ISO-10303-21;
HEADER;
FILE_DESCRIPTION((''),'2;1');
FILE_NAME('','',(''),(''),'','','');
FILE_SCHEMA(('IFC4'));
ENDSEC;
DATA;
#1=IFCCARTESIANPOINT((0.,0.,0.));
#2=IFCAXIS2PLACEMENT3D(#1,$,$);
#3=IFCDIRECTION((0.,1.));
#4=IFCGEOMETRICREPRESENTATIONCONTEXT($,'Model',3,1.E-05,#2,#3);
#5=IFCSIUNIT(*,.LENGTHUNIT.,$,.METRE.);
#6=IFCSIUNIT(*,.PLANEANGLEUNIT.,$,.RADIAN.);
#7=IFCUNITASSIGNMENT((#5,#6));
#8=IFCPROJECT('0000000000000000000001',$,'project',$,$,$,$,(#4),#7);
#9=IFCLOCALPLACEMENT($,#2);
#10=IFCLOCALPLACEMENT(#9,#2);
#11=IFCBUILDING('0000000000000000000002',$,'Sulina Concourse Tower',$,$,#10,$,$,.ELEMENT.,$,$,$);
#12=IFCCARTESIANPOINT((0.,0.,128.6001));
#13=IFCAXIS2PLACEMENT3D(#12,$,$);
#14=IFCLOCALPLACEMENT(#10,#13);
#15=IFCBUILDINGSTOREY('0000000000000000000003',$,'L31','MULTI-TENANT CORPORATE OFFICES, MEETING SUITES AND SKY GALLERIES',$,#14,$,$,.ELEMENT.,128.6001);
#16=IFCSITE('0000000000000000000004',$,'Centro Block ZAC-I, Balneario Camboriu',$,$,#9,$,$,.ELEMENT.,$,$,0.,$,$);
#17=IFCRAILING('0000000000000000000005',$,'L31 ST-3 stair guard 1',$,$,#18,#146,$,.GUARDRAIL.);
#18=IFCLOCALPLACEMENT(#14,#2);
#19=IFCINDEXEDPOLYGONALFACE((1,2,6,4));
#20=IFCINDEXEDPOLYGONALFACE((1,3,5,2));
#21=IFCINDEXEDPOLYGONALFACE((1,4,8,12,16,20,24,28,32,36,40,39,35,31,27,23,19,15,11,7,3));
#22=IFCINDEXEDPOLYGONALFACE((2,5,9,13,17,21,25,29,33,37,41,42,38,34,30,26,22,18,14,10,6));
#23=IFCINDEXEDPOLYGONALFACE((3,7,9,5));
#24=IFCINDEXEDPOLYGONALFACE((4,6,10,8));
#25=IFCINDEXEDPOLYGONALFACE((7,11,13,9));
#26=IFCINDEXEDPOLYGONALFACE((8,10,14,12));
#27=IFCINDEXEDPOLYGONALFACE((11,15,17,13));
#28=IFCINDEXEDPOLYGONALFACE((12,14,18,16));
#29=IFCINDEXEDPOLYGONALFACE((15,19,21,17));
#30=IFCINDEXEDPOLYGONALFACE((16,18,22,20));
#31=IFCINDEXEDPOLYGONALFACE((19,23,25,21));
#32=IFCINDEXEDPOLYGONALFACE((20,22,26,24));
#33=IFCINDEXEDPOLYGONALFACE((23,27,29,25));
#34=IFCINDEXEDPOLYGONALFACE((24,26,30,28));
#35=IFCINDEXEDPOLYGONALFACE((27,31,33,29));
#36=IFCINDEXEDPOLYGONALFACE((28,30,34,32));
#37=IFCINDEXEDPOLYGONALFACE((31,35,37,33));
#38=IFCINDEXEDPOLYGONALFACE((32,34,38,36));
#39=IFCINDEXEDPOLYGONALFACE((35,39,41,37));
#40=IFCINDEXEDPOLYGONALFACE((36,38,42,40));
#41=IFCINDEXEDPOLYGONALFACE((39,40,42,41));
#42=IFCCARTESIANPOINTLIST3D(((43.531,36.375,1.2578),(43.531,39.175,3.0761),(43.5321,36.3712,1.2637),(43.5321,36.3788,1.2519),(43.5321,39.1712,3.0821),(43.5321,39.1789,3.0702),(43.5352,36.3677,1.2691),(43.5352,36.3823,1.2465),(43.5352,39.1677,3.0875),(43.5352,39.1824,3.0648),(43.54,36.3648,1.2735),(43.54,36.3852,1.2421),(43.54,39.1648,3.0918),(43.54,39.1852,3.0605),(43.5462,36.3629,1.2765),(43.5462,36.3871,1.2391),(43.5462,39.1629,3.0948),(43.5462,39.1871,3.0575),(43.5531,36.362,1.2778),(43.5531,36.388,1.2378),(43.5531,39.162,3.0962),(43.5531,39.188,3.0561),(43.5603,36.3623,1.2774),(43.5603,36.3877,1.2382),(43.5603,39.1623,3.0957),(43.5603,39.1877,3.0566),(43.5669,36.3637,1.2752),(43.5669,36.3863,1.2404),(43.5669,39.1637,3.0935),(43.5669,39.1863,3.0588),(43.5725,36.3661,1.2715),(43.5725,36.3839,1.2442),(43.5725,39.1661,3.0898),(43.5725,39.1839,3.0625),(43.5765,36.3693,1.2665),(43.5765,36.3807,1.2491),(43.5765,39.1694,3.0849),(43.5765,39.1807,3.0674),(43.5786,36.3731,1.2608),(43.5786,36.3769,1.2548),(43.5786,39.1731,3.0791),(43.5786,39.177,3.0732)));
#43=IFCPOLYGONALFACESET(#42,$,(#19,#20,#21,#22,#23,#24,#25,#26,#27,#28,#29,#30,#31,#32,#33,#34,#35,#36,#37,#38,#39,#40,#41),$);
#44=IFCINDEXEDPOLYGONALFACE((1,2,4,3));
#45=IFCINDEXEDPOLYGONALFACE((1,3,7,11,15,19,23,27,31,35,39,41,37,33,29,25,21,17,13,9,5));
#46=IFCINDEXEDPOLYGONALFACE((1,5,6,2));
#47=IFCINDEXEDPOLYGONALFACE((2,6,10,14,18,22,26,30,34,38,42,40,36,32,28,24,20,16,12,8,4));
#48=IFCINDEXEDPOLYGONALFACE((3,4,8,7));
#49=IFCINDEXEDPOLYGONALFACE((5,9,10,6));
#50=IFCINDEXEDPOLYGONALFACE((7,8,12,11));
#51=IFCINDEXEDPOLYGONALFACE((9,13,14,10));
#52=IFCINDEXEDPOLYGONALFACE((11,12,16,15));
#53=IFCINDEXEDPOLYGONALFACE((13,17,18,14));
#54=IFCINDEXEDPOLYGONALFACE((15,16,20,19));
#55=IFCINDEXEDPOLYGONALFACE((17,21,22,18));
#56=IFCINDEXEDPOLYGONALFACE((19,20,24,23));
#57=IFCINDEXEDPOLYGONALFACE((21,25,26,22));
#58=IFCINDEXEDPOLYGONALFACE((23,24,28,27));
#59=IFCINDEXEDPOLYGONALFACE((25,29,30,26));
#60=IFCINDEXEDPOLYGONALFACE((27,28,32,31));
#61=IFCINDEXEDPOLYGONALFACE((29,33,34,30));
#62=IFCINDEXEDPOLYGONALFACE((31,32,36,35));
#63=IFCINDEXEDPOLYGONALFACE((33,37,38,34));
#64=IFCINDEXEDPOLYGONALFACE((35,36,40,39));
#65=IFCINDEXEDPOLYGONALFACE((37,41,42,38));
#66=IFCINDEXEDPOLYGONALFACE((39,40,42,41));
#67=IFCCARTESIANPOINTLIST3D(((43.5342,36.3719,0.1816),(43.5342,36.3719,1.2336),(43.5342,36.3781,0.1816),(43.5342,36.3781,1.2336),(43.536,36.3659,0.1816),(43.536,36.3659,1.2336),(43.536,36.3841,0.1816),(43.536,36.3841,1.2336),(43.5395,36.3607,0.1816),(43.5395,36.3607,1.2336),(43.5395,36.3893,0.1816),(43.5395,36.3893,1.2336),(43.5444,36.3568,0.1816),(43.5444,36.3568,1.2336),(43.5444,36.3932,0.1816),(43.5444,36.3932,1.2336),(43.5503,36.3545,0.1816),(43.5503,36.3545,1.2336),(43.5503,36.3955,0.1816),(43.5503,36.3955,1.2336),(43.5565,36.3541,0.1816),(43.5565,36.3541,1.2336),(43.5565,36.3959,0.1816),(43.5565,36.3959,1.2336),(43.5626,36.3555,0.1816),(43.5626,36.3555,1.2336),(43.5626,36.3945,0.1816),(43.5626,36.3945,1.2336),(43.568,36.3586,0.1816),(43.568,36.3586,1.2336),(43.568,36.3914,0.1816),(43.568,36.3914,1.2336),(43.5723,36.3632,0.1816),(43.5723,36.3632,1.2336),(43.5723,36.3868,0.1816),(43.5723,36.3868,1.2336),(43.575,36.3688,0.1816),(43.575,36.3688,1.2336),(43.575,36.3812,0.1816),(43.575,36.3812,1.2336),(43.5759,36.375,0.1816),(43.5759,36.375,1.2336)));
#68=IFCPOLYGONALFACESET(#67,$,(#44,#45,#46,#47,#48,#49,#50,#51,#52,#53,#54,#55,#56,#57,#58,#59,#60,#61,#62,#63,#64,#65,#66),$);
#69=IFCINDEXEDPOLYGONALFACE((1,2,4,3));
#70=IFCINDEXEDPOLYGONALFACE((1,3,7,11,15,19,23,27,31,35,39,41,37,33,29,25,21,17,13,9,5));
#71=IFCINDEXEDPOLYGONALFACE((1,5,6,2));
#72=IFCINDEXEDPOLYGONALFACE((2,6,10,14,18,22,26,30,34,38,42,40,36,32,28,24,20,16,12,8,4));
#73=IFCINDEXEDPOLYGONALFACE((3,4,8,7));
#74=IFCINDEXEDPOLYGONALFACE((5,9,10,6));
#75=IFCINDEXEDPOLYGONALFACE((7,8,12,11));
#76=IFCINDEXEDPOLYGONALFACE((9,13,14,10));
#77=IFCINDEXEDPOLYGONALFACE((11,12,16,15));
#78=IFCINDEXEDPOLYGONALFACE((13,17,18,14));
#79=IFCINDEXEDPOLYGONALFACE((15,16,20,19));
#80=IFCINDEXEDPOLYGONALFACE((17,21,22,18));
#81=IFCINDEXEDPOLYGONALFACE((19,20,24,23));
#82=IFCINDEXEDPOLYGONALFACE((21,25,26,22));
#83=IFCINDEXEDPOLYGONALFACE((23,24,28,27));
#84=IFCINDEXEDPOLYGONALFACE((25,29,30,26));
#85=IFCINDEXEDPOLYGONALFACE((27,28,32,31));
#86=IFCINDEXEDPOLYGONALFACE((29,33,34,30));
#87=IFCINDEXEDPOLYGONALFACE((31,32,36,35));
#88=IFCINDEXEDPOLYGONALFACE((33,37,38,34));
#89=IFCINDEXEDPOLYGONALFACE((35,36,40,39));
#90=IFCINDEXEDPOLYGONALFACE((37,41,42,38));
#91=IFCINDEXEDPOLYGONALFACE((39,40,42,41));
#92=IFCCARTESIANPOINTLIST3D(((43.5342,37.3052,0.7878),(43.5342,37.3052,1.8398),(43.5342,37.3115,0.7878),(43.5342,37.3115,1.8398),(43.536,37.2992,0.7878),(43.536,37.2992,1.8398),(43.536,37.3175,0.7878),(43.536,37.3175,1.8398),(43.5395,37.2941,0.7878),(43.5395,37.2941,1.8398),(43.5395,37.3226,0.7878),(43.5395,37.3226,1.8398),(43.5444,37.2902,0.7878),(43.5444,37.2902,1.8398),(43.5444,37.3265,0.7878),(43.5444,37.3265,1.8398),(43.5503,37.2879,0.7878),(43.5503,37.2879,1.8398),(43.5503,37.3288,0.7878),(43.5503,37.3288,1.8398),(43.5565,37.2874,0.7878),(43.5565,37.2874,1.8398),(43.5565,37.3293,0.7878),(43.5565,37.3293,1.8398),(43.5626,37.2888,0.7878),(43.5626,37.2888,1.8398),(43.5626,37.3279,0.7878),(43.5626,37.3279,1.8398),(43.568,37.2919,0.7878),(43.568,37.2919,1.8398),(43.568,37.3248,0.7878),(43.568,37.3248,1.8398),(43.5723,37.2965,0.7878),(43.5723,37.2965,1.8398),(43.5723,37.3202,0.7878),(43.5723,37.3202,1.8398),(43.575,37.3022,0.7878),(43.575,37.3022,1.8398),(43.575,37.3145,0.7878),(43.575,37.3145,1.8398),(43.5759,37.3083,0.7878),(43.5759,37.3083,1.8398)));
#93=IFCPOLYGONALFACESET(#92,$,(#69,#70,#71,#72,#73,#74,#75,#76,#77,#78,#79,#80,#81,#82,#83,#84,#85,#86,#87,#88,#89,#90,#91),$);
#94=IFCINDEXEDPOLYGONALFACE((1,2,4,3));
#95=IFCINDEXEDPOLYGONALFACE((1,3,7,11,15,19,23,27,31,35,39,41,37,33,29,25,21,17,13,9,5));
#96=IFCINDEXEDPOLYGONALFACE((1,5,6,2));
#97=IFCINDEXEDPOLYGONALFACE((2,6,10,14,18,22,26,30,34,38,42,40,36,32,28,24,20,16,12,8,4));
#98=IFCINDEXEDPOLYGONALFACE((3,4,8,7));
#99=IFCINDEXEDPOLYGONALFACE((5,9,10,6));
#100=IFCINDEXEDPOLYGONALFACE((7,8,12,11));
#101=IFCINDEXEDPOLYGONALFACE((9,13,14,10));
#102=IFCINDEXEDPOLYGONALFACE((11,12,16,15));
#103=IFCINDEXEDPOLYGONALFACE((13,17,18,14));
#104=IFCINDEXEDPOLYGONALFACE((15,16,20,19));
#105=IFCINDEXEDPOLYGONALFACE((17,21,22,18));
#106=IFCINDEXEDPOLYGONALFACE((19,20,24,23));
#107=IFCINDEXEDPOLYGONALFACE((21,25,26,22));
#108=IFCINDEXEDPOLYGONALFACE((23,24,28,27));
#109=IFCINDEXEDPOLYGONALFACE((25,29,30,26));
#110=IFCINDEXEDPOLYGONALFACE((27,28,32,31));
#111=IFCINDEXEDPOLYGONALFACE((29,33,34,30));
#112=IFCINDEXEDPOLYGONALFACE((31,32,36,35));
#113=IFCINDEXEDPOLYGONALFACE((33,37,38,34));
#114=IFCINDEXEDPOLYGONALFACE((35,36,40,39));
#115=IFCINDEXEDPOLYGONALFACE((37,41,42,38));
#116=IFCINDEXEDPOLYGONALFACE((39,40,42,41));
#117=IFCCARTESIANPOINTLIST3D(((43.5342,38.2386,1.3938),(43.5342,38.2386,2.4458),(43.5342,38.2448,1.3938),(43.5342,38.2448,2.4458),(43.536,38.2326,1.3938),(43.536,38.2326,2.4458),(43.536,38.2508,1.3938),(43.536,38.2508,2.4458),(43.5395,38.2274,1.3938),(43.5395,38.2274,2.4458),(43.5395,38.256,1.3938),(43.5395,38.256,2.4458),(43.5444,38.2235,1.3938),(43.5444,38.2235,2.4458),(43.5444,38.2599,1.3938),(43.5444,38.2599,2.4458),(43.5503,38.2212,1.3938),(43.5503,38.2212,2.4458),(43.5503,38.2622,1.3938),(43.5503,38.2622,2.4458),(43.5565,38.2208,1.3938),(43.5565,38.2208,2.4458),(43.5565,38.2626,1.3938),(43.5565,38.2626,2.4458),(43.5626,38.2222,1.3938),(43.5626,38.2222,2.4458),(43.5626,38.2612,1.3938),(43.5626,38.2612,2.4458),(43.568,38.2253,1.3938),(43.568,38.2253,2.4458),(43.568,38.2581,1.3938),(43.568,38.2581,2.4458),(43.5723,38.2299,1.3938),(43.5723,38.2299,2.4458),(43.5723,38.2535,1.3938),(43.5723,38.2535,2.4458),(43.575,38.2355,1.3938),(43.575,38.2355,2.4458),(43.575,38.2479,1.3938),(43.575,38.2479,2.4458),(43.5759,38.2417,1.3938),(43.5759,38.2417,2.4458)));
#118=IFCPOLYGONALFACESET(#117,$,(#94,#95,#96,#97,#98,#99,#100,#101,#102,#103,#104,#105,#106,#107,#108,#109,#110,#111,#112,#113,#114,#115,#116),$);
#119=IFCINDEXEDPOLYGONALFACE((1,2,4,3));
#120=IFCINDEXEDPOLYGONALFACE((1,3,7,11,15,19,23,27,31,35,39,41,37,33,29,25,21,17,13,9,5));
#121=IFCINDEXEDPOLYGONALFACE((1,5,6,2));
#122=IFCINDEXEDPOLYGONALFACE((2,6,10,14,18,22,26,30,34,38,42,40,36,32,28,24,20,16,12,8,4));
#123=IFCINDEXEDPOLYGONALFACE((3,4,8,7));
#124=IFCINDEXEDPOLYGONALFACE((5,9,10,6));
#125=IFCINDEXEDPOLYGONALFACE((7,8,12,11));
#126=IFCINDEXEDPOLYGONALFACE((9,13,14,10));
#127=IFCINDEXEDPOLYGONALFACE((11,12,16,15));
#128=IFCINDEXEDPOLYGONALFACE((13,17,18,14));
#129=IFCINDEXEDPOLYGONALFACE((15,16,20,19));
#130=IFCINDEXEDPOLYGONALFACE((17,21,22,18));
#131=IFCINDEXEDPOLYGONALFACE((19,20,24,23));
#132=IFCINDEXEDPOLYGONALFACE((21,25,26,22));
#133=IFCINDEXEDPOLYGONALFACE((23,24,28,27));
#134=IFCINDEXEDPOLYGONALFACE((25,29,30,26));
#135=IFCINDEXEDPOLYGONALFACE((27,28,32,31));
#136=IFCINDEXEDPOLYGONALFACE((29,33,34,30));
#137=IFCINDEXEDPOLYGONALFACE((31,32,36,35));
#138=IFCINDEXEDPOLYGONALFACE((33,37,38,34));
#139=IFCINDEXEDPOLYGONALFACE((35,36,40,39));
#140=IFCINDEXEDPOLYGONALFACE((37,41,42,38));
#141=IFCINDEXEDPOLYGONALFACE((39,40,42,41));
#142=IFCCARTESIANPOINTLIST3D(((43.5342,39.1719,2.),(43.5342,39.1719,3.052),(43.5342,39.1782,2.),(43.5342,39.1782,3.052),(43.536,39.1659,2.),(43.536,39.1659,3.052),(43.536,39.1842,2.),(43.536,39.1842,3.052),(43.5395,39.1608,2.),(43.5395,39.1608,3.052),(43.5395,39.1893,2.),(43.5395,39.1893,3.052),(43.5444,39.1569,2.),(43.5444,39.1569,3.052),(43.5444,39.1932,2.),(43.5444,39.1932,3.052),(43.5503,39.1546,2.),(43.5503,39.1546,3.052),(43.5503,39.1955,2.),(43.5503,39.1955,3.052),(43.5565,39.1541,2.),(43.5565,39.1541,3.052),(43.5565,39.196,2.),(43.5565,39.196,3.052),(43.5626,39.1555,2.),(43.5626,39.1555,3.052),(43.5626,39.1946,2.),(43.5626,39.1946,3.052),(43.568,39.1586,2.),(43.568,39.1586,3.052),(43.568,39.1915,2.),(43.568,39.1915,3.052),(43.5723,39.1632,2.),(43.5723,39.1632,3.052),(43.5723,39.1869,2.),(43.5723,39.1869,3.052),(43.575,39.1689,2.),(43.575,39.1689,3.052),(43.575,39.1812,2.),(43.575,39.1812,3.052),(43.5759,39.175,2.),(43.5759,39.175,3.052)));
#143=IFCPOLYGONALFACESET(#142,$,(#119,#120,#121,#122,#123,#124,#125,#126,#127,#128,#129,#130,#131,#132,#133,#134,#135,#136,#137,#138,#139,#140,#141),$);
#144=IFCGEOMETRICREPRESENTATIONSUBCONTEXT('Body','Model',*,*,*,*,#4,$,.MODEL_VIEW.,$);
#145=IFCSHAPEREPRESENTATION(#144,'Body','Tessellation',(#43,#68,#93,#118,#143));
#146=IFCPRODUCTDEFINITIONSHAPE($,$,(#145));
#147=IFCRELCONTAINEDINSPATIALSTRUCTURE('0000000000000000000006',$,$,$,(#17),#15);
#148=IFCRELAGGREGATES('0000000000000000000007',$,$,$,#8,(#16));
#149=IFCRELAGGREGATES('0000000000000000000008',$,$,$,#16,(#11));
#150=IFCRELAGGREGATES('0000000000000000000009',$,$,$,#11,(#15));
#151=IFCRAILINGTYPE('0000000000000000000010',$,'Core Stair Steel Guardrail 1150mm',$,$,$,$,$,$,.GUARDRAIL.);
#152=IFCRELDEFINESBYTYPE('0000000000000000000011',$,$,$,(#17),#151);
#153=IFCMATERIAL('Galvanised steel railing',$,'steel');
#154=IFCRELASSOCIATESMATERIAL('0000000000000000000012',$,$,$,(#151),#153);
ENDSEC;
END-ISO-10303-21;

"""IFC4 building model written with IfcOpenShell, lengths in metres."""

from ifc_helpers import new_model, si_unit, direction, frame, origin, origin_2d, place, context, subcontext, project, spatial, circle, extrude, material, type_object, element, save


model = new_model("IFC4")

# Units and contexts
model_context = context("Model", 3, precision=1e-05, world=origin(), true_north=direction((0.0, 1.0)))
body_context = subcontext(model_context, "Body", "Model", "MODEL_VIEW")
ifc_project = project(units=[si_unit("LENGTHUNIT", "METRE"), si_unit("PLANEANGLEUNIT", "RADIAN")], contexts=[model_context])

# Site, building, storey
site_placement = place(None, origin())
site = spatial("IfcSite", under=ifc_project, at=site_placement, Name="Centro Block ZAC-I, Balneario Camboriu", CompositionType="ELEMENT", RefElevation=0.0)
building_placement = place(site_placement, origin())
building = spatial("IfcBuilding", under=site, at=building_placement, Name="Sulina Concourse Tower", CompositionType="ELEMENT")
storey_placement = place(building_placement, frame((0.0, 0.0, 128.6001)))
storey = spatial("IfcBuildingStorey", under=building, at=storey_placement, Name="L31", Description="MULTI-TENANT CORPORATE OFFICES, MEETING SUITES AND SKY GALLERIES", CompositionType="ELEMENT", Elevation=128.6001)

# Railing
ifc_material_1 = material(Name="Galvanised steel railing", Category="steel")
railing_type_1 = type_object("IfcRailingType", Name="Core Stair Steel Guardrail 1150mm", PredefinedType="GUARDRAIL", material=ifc_material_1)
railing_1_placement = place(storey_placement, frame((43.5549, 36.375, 0.1816)))
element("IfcRailing", 1, at=railing_1_placement, inside=storey, type_object=railing_type_1, Name="L31 ST-3 stair guard 1", PredefinedType="GUARDRAIL", context=body_context, shape_type="SweptSolid", body=[
    extrude(circle(Radius=0.0239, at=origin_2d()), frame((0.0, 0.0, 1.0762), z_axis=(0.0, 0.838672, 0.544636), x_axis=(-1.0, 0.0, 0.0)), (0.0, 0.0, 1.0), 3.3386),
    extrude(circle(Radius=0.021, at=origin_2d()), origin(), (0.0, 0.0, 1.0), 1.052),
    extrude(circle(Radius=0.021, at=origin_2d()), frame((0.0, 0.9333, 0.6062)), (0.0, 0.0, 1.0), 1.052),
    extrude(circle(Radius=0.021, at=origin_2d()), frame((0.0, 1.8667, 1.2122)), (0.0, 0.0, 1.0), 1.052),
    extrude(circle(Radius=0.021, at=origin_2d()), frame((0.0, 2.8, 1.8184)), (0.0, 0.0, 1.0), 1.052),
])

save(model, "model.ifc")
